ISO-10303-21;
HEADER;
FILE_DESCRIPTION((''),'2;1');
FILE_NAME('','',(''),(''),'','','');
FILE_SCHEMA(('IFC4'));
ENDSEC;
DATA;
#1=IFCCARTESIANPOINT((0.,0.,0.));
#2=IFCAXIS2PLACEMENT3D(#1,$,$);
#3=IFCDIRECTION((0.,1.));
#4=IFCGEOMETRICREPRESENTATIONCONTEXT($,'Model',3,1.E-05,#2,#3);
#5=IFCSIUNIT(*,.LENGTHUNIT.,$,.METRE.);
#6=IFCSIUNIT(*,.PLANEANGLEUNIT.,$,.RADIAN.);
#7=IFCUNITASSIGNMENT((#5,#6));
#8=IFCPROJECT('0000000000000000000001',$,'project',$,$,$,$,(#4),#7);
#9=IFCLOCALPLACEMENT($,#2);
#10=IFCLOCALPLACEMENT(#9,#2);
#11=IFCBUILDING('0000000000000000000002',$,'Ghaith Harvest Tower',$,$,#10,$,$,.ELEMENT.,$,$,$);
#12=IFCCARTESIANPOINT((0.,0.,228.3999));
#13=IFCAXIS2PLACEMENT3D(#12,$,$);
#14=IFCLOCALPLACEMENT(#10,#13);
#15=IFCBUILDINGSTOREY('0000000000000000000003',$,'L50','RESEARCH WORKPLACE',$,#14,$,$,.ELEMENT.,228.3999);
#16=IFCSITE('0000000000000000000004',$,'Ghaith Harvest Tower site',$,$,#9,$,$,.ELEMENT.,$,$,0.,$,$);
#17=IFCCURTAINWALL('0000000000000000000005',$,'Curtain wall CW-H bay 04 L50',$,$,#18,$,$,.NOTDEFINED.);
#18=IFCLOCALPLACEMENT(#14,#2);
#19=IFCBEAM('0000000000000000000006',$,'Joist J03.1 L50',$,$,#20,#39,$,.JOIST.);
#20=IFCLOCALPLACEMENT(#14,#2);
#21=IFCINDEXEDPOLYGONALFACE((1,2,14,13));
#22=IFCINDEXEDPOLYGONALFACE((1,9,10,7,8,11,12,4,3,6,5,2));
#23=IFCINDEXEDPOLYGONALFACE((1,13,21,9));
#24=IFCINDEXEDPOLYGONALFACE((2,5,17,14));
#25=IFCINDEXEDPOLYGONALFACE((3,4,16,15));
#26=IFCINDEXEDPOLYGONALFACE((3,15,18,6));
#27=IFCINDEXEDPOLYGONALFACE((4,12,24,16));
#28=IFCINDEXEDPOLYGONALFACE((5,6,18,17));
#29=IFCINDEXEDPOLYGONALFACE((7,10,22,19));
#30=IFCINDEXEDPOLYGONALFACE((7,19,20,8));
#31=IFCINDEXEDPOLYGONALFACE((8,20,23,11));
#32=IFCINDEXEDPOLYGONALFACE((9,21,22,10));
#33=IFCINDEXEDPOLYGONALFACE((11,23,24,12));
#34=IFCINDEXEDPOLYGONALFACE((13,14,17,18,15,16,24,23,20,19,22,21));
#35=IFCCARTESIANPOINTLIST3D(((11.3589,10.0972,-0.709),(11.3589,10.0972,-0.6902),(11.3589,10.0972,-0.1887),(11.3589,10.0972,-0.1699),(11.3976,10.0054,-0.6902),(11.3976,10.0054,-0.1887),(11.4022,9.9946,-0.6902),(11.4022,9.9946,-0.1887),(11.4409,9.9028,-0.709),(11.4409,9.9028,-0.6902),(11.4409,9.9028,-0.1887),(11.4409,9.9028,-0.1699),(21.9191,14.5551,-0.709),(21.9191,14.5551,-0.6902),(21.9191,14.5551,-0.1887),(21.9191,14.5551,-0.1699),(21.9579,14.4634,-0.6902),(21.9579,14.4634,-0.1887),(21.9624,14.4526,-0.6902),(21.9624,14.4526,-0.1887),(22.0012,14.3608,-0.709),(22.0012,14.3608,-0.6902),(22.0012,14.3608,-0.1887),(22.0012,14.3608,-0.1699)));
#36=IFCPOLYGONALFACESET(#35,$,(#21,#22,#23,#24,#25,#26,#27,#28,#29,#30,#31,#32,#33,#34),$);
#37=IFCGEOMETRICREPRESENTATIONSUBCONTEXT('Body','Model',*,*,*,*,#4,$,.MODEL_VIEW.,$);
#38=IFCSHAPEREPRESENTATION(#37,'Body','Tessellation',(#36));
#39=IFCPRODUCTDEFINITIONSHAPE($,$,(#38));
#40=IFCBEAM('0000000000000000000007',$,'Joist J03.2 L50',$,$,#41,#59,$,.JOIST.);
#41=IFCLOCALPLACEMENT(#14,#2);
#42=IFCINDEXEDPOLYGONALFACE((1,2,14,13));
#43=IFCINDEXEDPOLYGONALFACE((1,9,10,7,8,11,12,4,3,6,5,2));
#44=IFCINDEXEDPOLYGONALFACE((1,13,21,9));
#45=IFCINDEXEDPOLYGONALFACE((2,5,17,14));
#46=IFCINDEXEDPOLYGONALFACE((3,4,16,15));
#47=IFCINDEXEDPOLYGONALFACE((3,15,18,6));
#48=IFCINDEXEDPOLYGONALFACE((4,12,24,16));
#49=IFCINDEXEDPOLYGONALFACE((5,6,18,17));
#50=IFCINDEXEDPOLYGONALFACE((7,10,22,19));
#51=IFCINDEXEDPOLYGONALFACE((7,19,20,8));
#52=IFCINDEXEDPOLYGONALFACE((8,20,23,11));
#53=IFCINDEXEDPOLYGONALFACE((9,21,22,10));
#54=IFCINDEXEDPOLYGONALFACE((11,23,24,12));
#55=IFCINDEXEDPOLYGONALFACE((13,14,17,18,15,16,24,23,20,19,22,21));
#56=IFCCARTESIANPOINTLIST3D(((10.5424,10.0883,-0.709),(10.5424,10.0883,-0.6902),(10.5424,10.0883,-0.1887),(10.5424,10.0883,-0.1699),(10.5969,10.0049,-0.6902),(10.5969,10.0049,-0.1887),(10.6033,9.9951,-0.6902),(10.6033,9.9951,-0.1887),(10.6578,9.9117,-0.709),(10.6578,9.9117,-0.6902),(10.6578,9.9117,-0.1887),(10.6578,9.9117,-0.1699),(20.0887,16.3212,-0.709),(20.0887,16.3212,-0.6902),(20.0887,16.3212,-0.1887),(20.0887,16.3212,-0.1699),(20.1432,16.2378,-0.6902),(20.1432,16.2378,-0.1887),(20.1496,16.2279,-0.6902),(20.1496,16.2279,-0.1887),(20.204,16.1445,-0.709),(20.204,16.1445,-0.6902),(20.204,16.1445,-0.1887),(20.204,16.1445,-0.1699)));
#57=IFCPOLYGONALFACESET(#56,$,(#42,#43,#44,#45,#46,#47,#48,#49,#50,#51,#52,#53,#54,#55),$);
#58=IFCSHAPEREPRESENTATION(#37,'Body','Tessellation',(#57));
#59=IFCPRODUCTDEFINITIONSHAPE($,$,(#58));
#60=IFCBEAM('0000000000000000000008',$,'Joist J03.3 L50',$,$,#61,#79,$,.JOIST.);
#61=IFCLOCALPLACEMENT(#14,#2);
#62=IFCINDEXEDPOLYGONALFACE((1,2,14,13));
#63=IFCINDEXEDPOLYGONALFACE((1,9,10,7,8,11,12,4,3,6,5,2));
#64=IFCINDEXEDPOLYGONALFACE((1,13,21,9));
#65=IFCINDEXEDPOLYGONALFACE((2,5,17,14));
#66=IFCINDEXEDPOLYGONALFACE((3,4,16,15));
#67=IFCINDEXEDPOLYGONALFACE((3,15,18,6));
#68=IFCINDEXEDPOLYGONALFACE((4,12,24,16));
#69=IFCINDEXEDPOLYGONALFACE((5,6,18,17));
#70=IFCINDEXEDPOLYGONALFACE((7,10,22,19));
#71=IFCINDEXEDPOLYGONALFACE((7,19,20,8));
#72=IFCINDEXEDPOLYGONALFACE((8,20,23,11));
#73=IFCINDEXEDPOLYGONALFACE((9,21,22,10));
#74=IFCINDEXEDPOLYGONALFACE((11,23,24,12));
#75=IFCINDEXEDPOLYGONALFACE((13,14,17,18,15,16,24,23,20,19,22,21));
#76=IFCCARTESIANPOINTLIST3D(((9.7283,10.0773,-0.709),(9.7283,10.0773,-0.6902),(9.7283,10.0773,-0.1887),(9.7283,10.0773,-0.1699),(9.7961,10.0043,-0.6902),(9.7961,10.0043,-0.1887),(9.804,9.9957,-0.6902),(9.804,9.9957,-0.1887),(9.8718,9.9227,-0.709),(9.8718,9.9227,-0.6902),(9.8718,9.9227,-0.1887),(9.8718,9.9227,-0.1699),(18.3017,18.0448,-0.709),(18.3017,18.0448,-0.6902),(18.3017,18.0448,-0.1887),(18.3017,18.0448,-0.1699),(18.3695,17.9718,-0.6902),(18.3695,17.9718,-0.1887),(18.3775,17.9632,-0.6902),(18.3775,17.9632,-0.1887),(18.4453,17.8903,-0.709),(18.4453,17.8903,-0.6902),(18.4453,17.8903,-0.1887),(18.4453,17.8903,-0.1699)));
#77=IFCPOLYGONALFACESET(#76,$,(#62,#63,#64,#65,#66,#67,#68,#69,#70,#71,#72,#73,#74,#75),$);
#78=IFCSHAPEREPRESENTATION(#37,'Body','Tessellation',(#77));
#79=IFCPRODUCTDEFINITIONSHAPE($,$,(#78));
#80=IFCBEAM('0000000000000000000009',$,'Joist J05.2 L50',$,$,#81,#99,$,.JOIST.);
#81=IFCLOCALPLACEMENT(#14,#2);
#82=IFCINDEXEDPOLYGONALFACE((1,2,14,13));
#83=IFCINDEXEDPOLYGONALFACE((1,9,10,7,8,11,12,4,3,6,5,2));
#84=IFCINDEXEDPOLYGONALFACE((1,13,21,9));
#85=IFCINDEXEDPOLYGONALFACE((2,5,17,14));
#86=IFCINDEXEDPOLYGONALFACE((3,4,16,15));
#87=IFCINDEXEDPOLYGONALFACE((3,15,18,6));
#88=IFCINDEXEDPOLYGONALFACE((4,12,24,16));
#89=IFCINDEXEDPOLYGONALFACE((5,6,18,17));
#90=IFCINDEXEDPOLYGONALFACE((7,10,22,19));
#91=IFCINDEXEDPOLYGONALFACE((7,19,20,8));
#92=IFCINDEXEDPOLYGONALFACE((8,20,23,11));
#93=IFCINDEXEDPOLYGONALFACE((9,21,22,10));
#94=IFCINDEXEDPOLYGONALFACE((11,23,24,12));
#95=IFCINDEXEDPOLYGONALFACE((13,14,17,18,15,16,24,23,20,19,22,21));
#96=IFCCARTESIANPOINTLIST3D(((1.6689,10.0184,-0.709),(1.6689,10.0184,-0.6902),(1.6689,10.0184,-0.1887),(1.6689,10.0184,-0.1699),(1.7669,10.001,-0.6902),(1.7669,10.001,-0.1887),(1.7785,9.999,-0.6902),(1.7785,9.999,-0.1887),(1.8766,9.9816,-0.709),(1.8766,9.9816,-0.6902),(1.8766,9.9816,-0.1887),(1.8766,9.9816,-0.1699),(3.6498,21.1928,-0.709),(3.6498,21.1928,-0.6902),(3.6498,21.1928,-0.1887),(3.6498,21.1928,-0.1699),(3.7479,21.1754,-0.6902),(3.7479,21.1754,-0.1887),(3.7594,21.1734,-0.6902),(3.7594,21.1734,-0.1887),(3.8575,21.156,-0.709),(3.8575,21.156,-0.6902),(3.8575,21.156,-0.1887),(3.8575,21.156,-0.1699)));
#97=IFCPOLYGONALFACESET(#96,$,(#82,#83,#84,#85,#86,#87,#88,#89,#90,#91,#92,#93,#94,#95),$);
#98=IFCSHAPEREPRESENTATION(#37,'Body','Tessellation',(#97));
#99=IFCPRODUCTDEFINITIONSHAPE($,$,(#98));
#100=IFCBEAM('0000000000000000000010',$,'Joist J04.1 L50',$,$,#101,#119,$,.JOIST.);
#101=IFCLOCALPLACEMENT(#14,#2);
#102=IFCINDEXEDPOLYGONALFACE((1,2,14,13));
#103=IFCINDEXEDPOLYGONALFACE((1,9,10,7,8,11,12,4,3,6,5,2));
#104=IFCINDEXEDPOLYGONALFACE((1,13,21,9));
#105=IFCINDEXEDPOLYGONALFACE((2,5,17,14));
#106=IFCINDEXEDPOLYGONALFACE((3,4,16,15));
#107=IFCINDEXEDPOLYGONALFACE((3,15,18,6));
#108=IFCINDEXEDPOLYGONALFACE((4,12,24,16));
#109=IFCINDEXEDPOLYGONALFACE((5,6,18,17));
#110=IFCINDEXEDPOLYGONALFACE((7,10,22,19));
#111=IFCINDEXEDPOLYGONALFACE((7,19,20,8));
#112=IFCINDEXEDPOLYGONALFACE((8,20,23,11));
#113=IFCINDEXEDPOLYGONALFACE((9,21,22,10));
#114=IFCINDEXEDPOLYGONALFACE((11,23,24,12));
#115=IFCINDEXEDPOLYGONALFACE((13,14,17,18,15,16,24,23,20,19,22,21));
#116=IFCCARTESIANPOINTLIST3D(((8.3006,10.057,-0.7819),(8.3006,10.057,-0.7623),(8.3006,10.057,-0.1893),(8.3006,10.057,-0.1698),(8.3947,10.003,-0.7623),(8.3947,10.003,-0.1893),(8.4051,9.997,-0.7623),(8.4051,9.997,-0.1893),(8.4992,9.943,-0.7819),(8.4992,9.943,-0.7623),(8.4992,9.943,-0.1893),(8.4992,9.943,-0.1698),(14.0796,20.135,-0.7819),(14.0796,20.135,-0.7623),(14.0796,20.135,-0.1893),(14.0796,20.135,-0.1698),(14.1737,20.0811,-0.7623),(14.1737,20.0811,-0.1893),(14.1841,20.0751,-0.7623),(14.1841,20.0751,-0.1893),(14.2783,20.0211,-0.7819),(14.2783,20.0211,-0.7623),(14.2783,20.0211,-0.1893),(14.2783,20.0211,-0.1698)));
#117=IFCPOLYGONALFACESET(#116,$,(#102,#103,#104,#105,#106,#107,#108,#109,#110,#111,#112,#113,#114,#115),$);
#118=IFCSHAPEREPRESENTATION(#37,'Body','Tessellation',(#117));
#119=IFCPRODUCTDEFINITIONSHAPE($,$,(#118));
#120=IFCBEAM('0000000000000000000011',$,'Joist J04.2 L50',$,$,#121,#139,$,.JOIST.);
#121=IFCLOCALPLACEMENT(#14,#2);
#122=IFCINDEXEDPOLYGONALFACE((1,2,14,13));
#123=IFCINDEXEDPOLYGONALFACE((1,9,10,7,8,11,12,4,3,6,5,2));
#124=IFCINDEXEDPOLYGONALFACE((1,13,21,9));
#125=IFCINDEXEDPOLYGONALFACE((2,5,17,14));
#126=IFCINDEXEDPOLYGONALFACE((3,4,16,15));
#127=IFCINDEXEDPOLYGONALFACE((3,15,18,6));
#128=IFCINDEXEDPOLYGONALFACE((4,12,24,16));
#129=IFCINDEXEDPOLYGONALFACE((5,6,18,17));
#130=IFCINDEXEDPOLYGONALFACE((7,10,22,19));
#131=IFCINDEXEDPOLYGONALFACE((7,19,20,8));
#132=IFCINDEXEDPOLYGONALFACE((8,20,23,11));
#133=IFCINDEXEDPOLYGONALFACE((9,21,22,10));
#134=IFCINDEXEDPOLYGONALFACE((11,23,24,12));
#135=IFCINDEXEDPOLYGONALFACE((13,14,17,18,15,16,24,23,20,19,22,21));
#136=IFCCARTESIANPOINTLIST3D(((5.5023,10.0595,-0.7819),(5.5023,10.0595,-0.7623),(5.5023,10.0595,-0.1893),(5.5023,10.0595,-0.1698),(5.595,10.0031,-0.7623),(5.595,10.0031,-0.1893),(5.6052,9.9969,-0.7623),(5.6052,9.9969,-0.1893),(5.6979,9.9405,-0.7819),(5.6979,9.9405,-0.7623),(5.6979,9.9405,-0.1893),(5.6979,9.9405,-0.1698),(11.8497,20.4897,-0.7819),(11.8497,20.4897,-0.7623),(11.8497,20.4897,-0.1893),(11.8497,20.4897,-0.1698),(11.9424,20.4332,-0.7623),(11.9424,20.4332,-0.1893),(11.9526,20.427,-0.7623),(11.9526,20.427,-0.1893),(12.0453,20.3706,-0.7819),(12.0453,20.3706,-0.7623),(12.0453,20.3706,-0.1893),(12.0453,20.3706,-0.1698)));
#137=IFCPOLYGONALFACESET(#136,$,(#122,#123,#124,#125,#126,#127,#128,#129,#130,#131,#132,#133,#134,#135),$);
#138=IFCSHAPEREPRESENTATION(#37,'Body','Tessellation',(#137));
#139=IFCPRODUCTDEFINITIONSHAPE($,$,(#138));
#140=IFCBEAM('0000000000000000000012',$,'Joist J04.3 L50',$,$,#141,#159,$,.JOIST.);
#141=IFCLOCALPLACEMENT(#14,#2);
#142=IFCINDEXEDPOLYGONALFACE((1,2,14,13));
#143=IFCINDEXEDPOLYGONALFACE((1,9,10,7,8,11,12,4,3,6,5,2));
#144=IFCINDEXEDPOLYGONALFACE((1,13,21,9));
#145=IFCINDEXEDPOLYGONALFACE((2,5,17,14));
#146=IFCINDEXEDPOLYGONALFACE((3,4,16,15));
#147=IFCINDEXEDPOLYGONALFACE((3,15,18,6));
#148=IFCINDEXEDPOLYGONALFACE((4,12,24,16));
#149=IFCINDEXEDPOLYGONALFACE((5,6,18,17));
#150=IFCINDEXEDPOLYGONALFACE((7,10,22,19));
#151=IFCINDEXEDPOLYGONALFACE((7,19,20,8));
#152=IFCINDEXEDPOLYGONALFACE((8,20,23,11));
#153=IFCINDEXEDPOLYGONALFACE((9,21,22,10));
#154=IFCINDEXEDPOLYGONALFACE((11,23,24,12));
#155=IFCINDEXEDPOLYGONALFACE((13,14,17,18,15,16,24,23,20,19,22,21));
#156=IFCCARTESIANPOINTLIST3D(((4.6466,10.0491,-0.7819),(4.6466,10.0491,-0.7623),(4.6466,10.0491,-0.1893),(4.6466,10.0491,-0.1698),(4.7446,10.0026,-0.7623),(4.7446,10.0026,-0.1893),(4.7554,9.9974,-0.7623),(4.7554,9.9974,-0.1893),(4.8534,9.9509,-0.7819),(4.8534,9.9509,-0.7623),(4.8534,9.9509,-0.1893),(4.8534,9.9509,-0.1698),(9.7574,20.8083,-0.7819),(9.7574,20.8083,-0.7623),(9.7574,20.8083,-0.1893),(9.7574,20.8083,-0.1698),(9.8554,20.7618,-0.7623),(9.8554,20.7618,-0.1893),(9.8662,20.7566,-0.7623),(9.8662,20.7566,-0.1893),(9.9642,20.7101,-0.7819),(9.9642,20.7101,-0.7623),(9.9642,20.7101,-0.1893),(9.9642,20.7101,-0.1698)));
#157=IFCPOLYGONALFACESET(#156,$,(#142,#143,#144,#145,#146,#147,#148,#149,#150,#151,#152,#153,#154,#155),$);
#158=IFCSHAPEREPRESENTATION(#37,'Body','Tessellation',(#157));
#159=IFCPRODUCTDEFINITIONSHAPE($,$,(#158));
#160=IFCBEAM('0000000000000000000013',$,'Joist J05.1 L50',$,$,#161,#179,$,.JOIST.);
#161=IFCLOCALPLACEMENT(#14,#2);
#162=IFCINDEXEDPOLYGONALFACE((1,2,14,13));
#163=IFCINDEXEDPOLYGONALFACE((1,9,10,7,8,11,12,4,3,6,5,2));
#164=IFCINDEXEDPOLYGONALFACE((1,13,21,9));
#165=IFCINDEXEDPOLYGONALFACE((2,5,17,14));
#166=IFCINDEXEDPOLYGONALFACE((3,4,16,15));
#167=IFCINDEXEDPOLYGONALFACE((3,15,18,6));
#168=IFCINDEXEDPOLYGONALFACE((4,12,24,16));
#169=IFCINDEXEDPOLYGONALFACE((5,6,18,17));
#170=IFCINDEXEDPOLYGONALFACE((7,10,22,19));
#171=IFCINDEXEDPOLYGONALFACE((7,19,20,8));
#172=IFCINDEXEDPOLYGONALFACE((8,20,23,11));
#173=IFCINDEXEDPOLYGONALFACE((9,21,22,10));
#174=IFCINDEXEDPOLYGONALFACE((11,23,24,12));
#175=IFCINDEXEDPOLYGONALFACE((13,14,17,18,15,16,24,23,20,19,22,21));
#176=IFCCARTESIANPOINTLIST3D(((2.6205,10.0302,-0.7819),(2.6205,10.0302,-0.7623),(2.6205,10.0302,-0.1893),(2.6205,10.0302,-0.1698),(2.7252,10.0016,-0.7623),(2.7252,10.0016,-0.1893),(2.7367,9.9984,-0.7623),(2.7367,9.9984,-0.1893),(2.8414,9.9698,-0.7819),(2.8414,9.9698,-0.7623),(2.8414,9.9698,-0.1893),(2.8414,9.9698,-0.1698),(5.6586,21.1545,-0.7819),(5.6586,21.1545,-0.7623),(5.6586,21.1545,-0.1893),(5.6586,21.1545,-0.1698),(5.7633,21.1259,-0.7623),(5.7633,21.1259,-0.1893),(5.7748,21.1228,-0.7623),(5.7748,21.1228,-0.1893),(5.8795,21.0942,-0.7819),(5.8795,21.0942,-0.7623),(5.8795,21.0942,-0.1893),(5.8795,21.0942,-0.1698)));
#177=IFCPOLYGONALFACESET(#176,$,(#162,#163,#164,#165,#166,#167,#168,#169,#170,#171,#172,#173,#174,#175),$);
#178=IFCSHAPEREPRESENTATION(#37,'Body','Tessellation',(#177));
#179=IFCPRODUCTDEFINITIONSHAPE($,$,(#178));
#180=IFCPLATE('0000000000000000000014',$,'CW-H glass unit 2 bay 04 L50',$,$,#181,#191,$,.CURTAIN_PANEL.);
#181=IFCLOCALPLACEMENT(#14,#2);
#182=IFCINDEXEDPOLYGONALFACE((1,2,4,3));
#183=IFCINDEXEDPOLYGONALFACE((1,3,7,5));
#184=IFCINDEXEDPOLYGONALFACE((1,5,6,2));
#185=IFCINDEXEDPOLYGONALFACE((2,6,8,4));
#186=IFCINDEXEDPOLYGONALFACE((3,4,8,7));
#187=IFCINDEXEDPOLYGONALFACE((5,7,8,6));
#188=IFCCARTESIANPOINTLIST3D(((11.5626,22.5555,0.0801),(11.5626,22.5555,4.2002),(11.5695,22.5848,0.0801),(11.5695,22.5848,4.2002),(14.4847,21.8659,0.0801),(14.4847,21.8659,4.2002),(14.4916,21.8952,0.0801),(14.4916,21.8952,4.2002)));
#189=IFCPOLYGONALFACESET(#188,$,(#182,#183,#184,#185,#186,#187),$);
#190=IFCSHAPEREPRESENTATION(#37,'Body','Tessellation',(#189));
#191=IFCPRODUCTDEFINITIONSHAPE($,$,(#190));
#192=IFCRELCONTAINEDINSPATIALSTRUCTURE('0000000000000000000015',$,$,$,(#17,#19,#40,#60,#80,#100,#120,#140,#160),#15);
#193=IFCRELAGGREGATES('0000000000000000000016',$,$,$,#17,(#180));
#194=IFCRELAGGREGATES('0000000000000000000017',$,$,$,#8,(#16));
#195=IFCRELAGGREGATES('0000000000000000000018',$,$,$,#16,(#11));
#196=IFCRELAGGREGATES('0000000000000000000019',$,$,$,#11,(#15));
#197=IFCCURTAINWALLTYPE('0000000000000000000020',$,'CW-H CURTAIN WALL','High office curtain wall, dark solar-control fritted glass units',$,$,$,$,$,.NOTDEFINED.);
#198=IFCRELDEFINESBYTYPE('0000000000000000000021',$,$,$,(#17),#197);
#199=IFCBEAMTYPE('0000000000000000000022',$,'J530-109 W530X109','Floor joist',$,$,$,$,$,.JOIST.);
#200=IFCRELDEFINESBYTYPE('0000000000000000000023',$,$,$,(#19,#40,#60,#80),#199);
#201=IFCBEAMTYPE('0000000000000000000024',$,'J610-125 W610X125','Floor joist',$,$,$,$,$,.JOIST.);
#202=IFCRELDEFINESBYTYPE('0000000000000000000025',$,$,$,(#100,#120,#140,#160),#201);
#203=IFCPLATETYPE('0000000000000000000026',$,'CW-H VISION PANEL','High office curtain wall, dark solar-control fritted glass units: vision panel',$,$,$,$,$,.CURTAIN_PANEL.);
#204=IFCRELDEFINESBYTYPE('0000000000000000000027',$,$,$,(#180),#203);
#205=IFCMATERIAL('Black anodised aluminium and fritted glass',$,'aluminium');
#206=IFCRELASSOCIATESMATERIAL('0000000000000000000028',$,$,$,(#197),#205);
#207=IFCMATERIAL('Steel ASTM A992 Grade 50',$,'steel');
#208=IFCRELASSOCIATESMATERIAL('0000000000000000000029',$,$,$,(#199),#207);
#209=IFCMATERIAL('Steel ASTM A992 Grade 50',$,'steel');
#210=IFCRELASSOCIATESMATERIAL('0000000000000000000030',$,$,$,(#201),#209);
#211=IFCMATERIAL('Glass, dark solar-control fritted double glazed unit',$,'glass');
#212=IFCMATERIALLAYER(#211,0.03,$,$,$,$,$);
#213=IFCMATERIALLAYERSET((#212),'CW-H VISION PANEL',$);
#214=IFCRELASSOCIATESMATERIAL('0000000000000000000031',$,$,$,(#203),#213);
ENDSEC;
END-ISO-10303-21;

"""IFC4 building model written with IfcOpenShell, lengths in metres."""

from ifc_helpers import new_model, si_unit, direction, frame, origin, origin_2d, place, context, subcontext, project, spatial, rectangle, i_section, extrude, material, layer, layer_set, material_profile, profile_set, type_object, element, aggregate, save


model = new_model("IFC4")

# Units and contexts
model_context = context("Model", 3, precision=1e-05, world=origin(), true_north=direction((0.0, 1.0)))
body_context = subcontext(model_context, "Body", "Model", "MODEL_VIEW")
ifc_project = project(units=[si_unit("LENGTHUNIT", "METRE"), si_unit("PLANEANGLEUNIT", "RADIAN")], contexts=[model_context])

# Site, building, storey
site_placement = place(None, origin())
site = spatial("IfcSite", under=ifc_project, at=site_placement, Name="Ghaith Harvest Tower site", CompositionType="ELEMENT", RefElevation=0.0)
building_placement = place(site_placement, origin())
building = spatial("IfcBuilding", under=site, at=building_placement, Name="Ghaith Harvest Tower", CompositionType="ELEMENT")
storey_placement = place(building_placement, frame((0.0, 0.0, 228.3999)))
storey = spatial("IfcBuildingStorey", under=building, at=storey_placement, Name="L50", Description="RESEARCH WORKPLACE", CompositionType="ELEMENT", Elevation=228.3999)

# Curtain wall
ifc_material_1 = material(Name="Black anodised aluminium and fritted glass", Category="aluminium")
curtain_wall_type = type_object("IfcCurtainWallType", Name="CW-H CURTAIN WALL", Description="High office curtain wall, dark solar-control fritted glass units", PredefinedType="NOTDEFINED", material=ifc_material_1)
curtain_wall_1_placement = place(storey_placement, origin())
curtain_wall_1 = element("IfcCurtainWall", 1, at=curtain_wall_1_placement, inside=storey, type_object=curtain_wall_type, Name="Curtain wall CW-H bay 04 L50", PredefinedType="NOTDEFINED")

# Beams
ifc_material_2 = material(Name="Steel ASTM A992 Grade 50", Category="steel")
ifc_material_profile_1 = material_profile(ifc_material_2, i_section(OverallWidth=0.2109, OverallDepth=0.5391, WebThickness=0.0117, FlangeThickness=0.0188, at=origin_2d()), Name="W530X109")
ifc_profile_set_1 = profile_set([ifc_material_profile_1], Name="Steel ASTM A992 Grade 50")
beam_type_1 = type_object("IfcBeamType", Name="J530-109 W530X109", Description="Floor joist", PredefinedType="JOIST", material=ifc_profile_set_1)
beam_1_placement = place(storey_placement, frame((11.3999, 10.0, -0.4395), z_axis=(0.921274, 0.388914, 0.0), x_axis=(-0.388914, 0.921274, 0.0)))
element("IfcBeam", 2, at=beam_1_placement, inside=storey, type_object=beam_type_1, Name="Joist J03.1 L50", PredefinedType="JOIST", context=body_context, shape_type="SweptSolid", body=[
    extrude(i_section(OverallWidth=0.2109, OverallDepth=0.5391, WebThickness=0.0117, FlangeThickness=0.0188, at=origin_2d()), origin(), (0.0, 0.0, 1.0), 11.4626),
])
beam_2_placement = place(storey_placement, frame((10.6001, 10.0, -0.4395), z_axis=(0.837329, 0.546699, 0.0), x_axis=(-0.546699, 0.837329, 0.0)))
element("IfcBeam", 3, at=beam_2_placement, inside=storey, type_object=beam_type_1, Name="Joist J03.2 L50", PredefinedType="JOIST", context=body_context, shape_type="SweptSolid", body=[
    extrude(i_section(OverallWidth=0.2109, OverallDepth=0.5391, WebThickness=0.0117, FlangeThickness=0.0188, at=origin_2d()), origin(), (0.0, 0.0, 1.0), 11.4009),
])
beam_3_placement = place(storey_placement, frame((9.8, 10.0, -0.4395), z_axis=(0.732519, 0.680746, 0.0), x_axis=(-0.680746, 0.732519, 0.0)))
element("IfcBeam", 4, at=beam_3_placement, inside=storey, type_object=beam_type_1, Name="Joist J03.3 L50", PredefinedType="JOIST", context=body_context, shape_type="SweptSolid", body=[
    extrude(i_section(OverallWidth=0.2109, OverallDepth=0.5391, WebThickness=0.0117, FlangeThickness=0.0188, at=origin_2d()), origin(), (0.0, 0.0, 1.0), 11.7041),
])
beam_4_placement = place(storey_placement, frame((1.7727, 10.0, -0.4395), z_axis=(0.174556, 0.984647, 0.0), x_axis=(-0.984647, 0.174556, 0.0)))
element("IfcBeam", 5, at=beam_4_placement, inside=storey, type_object=beam_type_1, Name="Joist J05.2 L50", PredefinedType="JOIST", context=body_context, shape_type="SweptSolid", body=[
    extrude(i_section(OverallWidth=0.2109, OverallDepth=0.5391, WebThickness=0.0117, FlangeThickness=0.0188, at=origin_2d()), origin(), (0.0, 0.0, 1.0), 11.3486),
])
ifc_material_3 = material(Name="Steel ASTM A992 Grade 50", Category="steel")
ifc_material_profile_2 = material_profile(ifc_material_3, i_section(OverallWidth=0.229, OverallDepth=0.6121, WebThickness=0.012, FlangeThickness=0.0195, at=origin_2d()), Name="W610X125")
ifc_profile_set_2 = profile_set([ifc_material_profile_2], Name="Steel ASTM A992 Grade 50")
beam_type_2 = type_object("IfcBeamType", Name="J610-125 W610X125", Description="Floor joist", PredefinedType="JOIST", material=ifc_profile_set_2)
beam_5_placement = place(storey_placement, frame((8.3999, 10.0, -0.4758), z_axis=(0.497444, 0.867496, 0.0), x_axis=(-0.867496, 0.497444, 0.0)))
element("IfcBeam", 6, at=beam_5_placement, inside=storey, type_object=beam_type_2, Name="Joist J04.1 L50", PredefinedType="JOIST", context=body_context, shape_type="SweptSolid", body=[
    extrude(i_section(OverallWidth=0.229, OverallDepth=0.6121, WebThickness=0.012, FlangeThickness=0.0195, at=origin_2d()), origin(), (0.0, 0.0, 1.0), 11.6174),
])
beam_6_placement = place(storey_placement, frame((5.6001, 10.0, -0.4758), z_axis=(0.519864, 0.854249, 0.0), x_axis=(-0.854249, 0.519864, 0.0)))
element("IfcBeam", 7, at=beam_6_placement, inside=storey, type_object=beam_type_2, Name="Joist J04.2 L50", PredefinedType="JOIST", context=body_context, shape_type="SweptSolid", body=[
    extrude(i_section(OverallWidth=0.229, OverallDepth=0.6121, WebThickness=0.012, FlangeThickness=0.0195, at=origin_2d()), origin(), (0.0, 0.0, 1.0), 12.2097),
])
beam_7_placement = place(storey_placement, frame((4.75, 10.0, -0.4758), z_axis=(0.429069, 0.903272, 0.0), x_axis=(-0.903272, 0.429069, 0.0)))
element("IfcBeam", 8, at=beam_7_placement, inside=storey, type_object=beam_type_2, Name="Joist J04.3 L50", PredefinedType="JOIST", context=body_context, shape_type="SweptSolid", body=[
    extrude(i_section(OverallWidth=0.229, OverallDepth=0.6121, WebThickness=0.012, FlangeThickness=0.0195, at=origin_2d()), origin(), (0.0, 0.0, 1.0), 11.9114),
])
beam_8_placement = place(storey_placement, frame((2.731, 10.0, -0.4758), z_axis=(0.263456, 0.964671, 0.0), x_axis=(-0.964671, 0.263456, 0.0)))
element("IfcBeam", 9, at=beam_8_placement, inside=storey, type_object=beam_type_2, Name="Joist J05.1 L50", PredefinedType="JOIST", context=body_context, shape_type="SweptSolid", body=[
    extrude(i_section(OverallWidth=0.229, OverallDepth=0.6121, WebThickness=0.012, FlangeThickness=0.0195, at=origin_2d()), origin(), (0.0, 0.0, 1.0), 11.5317),
])

# Plate
ifc_material_4 = material(Name="Glass, dark solar-control fritted double glazed unit", Category="glass")
ifc_layer_1 = layer(ifc_material_4, 0.03)
ifc_layer_set_1 = layer_set([ifc_layer_1], Name="CW-H VISION PANEL")
plate_type = type_object("IfcPlateType", Name="CW-H VISION PANEL", Description="High office curtain wall, dark solar-control fritted glass units: vision panel", PredefinedType="CURTAIN_PANEL", material=ifc_layer_set_1)
plate_1_placement = place(storey_placement, frame((13.0271, 22.2253, 0.0801), z_axis=(0.0, 0.0, 1.0), x_axis=(-0.973266, 0.22968, 0.0)))
plate_1 = element("IfcPlate", 10, at=plate_1_placement, type_object=plate_type, Name="CW-H glass unit 2 bay 04 L50", PredefinedType="CURTAIN_PANEL", context=body_context, shape_type="SweptSolid", body=[
    extrude(rectangle(XDim=3.0024, YDim=0.03, at=origin_2d()), origin(), (0.0, 0.0, 1.0), 4.1201),
])
aggregate(curtain_wall_1, [plate_1])

save(model, "model.ifc")
